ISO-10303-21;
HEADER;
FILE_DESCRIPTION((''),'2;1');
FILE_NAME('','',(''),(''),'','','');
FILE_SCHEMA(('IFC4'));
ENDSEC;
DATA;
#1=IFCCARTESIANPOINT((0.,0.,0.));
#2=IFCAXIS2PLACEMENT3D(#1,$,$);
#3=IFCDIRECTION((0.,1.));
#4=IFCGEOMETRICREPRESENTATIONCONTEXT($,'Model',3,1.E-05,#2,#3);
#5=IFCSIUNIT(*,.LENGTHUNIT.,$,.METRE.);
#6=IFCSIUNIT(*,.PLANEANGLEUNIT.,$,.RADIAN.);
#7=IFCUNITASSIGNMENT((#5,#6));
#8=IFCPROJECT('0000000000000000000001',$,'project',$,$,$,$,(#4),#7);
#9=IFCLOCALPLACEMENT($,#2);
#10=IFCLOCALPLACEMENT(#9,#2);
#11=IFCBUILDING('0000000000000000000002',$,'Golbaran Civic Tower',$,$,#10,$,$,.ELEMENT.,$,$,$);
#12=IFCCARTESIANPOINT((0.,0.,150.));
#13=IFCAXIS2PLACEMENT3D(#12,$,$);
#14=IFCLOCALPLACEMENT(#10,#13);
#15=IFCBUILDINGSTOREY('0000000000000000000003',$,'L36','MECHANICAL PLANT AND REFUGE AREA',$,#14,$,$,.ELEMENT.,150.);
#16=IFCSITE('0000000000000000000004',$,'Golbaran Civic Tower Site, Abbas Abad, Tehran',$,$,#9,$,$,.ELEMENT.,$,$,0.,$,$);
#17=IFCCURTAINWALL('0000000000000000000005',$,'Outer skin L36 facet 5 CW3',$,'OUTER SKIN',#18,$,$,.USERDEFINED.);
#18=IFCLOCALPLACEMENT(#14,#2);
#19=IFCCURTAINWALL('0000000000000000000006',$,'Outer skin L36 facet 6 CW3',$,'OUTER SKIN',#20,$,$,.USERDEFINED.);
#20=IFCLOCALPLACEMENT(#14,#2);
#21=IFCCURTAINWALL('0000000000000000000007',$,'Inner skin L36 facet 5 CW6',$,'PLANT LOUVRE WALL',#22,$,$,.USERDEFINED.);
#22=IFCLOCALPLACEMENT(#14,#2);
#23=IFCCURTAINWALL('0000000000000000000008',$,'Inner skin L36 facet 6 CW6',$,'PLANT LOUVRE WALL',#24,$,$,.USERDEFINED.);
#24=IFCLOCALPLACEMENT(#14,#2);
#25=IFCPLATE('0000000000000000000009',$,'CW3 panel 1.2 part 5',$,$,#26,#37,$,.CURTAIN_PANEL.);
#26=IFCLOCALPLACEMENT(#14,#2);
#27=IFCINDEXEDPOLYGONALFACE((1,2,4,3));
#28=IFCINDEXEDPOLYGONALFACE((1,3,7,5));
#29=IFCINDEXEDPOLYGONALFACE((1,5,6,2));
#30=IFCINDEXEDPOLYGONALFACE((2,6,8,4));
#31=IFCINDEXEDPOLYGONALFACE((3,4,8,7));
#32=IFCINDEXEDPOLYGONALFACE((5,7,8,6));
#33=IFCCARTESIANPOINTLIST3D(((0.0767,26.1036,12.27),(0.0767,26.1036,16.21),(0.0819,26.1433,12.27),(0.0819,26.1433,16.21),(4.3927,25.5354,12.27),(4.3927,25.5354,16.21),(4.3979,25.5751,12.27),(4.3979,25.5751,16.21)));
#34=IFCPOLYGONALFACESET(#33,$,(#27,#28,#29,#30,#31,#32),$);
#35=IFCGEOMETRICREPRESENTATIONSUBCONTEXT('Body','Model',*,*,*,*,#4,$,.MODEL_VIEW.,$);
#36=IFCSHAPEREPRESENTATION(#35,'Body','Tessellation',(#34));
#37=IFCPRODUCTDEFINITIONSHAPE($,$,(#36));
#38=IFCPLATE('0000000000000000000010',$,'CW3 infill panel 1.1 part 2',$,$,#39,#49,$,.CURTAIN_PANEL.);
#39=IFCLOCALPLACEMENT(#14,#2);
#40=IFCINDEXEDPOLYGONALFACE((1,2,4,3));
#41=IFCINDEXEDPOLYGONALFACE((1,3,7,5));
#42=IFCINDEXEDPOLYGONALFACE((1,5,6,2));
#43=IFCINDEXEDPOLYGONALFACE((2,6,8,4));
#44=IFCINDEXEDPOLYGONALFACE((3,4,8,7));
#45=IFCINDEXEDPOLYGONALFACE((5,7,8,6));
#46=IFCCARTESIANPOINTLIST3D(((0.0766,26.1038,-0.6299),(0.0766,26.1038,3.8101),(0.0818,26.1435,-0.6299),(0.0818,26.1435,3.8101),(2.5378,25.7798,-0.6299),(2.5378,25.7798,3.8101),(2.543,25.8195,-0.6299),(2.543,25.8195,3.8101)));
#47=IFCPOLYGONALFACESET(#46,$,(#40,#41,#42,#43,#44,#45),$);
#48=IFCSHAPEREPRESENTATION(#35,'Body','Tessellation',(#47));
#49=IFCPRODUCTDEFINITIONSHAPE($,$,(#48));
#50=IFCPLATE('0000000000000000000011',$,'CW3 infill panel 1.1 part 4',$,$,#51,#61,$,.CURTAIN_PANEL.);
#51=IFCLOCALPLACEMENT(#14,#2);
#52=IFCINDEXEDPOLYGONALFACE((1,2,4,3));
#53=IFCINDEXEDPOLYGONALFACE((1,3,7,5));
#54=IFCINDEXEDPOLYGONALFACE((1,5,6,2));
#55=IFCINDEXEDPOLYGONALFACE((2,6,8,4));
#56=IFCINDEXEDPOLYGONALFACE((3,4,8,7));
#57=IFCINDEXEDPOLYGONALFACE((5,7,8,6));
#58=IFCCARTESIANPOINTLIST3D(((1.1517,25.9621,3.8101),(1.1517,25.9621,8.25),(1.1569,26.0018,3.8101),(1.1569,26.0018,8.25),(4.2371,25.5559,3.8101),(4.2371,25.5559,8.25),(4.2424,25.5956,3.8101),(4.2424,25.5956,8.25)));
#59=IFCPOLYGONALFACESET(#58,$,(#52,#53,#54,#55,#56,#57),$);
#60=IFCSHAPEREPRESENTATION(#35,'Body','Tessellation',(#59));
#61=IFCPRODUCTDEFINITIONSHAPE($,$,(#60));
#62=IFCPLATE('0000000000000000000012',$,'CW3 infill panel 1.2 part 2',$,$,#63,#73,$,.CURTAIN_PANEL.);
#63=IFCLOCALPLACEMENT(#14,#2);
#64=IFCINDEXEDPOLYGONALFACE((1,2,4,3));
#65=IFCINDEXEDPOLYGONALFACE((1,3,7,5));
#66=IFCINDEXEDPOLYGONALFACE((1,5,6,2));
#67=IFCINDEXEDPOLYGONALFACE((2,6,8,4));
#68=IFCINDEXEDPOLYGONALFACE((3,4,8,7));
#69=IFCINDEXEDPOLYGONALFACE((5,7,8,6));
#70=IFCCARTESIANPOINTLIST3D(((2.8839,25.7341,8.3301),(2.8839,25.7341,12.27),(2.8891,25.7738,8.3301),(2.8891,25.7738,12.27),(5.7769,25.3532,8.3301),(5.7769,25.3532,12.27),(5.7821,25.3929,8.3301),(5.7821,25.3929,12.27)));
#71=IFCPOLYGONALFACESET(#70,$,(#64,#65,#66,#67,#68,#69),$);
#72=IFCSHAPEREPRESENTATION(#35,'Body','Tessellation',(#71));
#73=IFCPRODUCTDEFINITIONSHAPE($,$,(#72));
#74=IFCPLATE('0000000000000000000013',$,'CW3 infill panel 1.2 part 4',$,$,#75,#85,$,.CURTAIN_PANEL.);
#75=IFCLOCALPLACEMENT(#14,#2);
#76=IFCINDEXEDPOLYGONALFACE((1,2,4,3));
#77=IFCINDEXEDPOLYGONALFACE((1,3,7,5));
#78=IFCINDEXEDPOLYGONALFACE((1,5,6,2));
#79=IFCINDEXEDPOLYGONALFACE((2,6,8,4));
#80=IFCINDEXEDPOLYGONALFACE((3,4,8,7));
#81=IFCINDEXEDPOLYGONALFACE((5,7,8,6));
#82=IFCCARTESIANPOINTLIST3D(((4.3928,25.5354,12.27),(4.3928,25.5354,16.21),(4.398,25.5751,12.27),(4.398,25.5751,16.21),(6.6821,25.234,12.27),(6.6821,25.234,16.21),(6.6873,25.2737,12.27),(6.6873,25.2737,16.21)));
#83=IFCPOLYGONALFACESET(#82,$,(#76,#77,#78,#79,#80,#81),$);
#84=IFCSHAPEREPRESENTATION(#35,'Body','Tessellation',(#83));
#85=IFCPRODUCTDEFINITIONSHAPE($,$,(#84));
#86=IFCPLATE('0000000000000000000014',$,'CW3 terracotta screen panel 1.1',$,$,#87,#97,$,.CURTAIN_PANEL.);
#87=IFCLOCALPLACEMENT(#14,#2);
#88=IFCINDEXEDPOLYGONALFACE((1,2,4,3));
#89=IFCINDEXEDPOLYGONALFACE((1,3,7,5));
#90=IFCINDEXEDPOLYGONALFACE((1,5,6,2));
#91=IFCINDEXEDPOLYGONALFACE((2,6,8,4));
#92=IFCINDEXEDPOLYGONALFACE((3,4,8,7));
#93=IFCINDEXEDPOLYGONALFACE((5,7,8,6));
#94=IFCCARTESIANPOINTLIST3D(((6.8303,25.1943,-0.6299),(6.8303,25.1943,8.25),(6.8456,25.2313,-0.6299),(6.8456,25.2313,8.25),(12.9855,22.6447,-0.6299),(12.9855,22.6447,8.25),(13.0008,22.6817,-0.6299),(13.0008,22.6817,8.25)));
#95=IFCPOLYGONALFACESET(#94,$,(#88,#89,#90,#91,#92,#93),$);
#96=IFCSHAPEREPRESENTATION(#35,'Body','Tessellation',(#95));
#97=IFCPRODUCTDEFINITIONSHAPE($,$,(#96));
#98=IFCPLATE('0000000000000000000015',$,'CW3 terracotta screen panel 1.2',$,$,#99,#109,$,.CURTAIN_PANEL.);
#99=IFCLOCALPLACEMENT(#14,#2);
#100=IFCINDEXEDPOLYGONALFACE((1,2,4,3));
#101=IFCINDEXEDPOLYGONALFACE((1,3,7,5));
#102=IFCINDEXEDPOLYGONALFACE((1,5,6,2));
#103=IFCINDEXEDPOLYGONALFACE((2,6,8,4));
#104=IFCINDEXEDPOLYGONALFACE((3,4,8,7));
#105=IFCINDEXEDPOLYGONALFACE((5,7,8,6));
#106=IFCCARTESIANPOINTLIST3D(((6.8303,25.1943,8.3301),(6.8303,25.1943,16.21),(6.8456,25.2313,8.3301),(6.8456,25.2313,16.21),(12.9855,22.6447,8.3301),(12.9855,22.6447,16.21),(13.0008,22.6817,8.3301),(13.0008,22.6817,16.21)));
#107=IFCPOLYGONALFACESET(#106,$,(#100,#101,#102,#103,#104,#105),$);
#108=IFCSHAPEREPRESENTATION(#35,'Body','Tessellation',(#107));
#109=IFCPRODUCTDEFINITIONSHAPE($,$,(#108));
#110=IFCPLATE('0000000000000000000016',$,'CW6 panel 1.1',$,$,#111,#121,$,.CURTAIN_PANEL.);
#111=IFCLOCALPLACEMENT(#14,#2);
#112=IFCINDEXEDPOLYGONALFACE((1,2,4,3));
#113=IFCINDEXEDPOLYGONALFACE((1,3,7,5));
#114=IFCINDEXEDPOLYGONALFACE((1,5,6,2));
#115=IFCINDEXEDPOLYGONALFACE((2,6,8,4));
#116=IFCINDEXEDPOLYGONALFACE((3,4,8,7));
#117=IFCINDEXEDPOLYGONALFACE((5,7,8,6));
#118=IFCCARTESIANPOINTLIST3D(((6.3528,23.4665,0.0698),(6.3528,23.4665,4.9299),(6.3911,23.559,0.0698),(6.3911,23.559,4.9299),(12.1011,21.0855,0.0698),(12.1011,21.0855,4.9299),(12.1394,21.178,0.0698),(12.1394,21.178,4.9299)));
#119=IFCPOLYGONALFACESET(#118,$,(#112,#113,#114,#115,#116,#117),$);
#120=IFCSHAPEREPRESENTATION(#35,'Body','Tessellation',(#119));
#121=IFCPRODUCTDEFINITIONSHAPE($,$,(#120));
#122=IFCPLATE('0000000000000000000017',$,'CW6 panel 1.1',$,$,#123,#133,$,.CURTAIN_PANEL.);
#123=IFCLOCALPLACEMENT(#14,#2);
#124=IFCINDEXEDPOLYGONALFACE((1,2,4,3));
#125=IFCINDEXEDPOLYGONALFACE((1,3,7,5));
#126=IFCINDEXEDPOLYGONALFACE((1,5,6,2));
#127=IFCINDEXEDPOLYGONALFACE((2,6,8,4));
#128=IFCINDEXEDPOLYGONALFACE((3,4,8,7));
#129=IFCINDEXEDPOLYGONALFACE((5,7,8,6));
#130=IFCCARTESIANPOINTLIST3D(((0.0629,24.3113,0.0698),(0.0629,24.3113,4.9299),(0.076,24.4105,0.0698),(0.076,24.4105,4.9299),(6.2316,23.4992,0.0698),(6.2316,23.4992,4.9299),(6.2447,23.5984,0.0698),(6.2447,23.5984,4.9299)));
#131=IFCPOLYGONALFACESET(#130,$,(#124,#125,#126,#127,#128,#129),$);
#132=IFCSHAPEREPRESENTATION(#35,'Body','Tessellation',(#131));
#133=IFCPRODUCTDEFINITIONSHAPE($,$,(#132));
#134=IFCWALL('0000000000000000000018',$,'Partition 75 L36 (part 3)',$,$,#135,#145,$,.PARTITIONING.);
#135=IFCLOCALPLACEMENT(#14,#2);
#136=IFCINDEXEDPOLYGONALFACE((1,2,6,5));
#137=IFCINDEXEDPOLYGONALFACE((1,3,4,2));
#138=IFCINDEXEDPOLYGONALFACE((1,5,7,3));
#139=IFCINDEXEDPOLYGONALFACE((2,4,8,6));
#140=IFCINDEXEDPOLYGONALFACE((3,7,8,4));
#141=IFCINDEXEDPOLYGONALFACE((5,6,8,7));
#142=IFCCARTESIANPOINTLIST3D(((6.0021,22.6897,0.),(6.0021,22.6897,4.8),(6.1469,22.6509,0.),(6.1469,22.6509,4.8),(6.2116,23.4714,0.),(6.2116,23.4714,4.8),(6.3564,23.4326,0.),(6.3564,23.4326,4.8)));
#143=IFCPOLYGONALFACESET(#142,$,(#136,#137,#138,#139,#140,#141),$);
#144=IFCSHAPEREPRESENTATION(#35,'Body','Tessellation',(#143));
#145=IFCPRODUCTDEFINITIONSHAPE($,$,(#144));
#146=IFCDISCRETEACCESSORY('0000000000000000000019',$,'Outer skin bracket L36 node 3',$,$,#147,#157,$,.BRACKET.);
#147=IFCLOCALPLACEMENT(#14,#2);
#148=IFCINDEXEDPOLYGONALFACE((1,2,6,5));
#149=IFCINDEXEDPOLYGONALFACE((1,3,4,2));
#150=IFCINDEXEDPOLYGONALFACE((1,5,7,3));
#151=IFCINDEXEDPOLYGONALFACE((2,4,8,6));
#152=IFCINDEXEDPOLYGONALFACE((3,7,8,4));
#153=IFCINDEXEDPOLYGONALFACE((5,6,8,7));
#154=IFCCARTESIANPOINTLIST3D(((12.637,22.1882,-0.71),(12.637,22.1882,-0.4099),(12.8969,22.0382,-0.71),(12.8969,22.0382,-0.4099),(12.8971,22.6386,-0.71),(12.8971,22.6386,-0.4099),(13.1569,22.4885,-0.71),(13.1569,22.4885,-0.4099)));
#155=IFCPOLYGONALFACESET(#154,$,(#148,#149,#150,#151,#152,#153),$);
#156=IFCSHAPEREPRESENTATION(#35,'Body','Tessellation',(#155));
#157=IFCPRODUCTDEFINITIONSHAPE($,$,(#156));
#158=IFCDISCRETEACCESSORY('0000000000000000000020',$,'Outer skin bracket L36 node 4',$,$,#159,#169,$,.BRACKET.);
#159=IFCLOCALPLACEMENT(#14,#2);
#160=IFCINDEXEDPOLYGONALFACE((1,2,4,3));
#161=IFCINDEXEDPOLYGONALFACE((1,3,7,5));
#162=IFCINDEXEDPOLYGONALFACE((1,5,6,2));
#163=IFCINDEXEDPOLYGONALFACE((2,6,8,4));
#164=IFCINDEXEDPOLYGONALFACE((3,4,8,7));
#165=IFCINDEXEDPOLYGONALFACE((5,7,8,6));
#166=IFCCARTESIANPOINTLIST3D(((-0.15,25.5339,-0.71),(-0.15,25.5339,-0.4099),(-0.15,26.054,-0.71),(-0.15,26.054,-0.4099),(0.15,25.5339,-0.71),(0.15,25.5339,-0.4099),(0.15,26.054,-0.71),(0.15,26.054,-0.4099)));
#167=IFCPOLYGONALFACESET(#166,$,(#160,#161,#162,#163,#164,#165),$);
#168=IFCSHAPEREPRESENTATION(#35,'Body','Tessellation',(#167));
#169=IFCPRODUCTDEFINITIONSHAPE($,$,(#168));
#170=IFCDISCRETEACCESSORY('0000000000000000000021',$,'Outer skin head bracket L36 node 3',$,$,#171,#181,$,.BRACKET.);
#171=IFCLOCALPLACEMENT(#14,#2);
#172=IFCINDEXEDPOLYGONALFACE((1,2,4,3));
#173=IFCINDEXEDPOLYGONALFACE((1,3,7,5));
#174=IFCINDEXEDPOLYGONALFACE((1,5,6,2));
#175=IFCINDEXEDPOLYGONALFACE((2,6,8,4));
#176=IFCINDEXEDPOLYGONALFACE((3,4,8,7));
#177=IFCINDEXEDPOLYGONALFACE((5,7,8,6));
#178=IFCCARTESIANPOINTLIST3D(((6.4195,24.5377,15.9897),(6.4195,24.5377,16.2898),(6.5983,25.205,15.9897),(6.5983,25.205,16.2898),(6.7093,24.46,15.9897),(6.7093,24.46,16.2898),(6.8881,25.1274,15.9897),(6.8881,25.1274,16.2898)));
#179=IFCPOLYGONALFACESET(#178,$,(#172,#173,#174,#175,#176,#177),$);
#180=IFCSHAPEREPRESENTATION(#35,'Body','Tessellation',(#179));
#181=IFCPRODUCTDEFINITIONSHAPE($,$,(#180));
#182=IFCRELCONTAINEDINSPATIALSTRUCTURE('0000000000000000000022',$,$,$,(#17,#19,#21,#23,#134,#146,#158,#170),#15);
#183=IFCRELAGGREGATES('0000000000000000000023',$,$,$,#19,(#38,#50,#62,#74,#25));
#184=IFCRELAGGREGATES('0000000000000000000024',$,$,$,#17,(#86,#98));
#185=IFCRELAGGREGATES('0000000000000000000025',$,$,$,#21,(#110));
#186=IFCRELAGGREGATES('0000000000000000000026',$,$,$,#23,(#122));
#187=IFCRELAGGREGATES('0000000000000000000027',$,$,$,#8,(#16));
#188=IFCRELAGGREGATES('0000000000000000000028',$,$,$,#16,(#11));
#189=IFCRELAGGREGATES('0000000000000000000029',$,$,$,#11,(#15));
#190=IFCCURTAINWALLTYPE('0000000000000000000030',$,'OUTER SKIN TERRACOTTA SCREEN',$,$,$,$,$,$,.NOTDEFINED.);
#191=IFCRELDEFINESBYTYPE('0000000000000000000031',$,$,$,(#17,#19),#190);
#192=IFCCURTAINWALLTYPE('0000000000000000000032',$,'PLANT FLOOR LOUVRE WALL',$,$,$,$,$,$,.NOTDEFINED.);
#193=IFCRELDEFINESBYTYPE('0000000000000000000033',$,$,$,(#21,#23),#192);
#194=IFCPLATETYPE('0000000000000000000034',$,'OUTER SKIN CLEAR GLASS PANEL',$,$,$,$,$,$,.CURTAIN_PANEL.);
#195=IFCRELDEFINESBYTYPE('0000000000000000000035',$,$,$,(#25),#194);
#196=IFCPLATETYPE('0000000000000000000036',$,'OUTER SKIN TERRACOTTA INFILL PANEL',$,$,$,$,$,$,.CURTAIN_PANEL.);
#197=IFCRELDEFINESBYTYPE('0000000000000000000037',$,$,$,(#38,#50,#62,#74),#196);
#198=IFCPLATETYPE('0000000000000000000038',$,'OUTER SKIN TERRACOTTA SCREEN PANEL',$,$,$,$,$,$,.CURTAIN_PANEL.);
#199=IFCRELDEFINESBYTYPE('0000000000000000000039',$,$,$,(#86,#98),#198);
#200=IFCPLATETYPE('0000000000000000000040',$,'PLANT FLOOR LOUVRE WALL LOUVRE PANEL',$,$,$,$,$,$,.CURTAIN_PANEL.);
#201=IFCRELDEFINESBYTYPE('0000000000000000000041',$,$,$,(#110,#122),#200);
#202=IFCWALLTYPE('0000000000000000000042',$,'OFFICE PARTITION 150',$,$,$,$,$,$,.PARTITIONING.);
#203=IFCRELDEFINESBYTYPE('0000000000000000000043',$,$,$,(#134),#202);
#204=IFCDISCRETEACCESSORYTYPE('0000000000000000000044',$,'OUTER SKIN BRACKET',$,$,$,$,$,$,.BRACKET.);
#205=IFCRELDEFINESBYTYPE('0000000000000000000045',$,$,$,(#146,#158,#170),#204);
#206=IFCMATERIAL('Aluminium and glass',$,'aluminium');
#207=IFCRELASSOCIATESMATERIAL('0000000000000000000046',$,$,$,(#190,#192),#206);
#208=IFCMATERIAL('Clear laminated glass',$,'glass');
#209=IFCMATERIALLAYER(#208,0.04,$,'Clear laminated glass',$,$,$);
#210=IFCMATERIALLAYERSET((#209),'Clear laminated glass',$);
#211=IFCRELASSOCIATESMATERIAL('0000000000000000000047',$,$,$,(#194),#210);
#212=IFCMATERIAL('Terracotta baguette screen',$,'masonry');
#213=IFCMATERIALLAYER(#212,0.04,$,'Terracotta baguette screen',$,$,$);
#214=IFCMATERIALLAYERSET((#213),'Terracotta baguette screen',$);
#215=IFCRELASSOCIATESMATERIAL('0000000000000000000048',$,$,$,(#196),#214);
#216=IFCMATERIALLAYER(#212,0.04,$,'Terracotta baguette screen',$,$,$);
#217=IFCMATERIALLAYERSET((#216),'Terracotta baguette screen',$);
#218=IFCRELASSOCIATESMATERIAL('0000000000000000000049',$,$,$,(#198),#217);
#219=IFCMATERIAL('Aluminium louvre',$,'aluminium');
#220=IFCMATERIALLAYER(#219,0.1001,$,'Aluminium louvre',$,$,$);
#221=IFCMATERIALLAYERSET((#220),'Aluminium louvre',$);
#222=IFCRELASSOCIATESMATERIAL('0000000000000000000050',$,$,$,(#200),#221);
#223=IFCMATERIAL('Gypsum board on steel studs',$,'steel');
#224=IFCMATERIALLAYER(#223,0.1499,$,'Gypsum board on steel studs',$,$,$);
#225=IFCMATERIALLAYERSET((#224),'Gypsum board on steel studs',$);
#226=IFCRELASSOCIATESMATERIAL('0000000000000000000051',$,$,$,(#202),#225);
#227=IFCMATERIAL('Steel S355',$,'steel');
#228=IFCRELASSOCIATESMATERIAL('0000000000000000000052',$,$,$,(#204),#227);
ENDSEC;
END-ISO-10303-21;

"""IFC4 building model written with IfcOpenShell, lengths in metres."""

from ifc_helpers import new_model, si_unit, direction, frame, frame_2d, origin, origin_2d, place, context, subcontext, project, spatial, rectangle, extrude, material, layer, layer_set, type_object, element, aggregate, save


model = new_model("IFC4")

# Units and contexts
model_context = context("Model", 3, precision=1e-05, world=origin(), true_north=direction((0.0, 1.0)))
body_context = subcontext(model_context, "Body", "Model", "MODEL_VIEW")
ifc_project = project(units=[si_unit("LENGTHUNIT", "METRE"), si_unit("PLANEANGLEUNIT", "RADIAN")], contexts=[model_context])

# Site, building, storey
site_placement = place(None, origin())
site = spatial("IfcSite", under=ifc_project, at=site_placement, Name="Golbaran Civic Tower Site, Abbas Abad, Tehran", CompositionType="ELEMENT", RefElevation=0.0)
building_placement = place(site_placement, origin())
building = spatial("IfcBuilding", under=site, at=building_placement, Name="Golbaran Civic Tower", CompositionType="ELEMENT")
storey_placement = place(building_placement, frame((0.0, 0.0, 150.0)))
storey = spatial("IfcBuildingStorey", under=building, at=storey_placement, Name="L36", Description="MECHANICAL PLANT AND REFUGE AREA", CompositionType="ELEMENT", Elevation=150.0)

# Shared definitions
ifc_material_1 = material(Name="Steel S355", Category="steel")

# Curtain walls
ifc_material_2 = material(Name="Aluminium and glass", Category="aluminium")
curtain_wall_type_1 = type_object("IfcCurtainWallType", Name="OUTER SKIN TERRACOTTA SCREEN", PredefinedType="NOTDEFINED", material=ifc_material_2)
curtain_wall_1_placement = place(storey_placement, origin())
curtain_wall_1 = element("IfcCurtainWall", 1, at=curtain_wall_1_placement, inside=storey, type_object=curtain_wall_type_1, Name="Outer skin L36 facet 5 CW3", ObjectType="OUTER SKIN", PredefinedType="USERDEFINED")
curtain_wall_2_placement = place(storey_placement, origin())
curtain_wall_2 = element("IfcCurtainWall", 2, at=curtain_wall_2_placement, inside=storey, type_object=curtain_wall_type_1, Name="Outer skin L36 facet 6 CW3", ObjectType="OUTER SKIN", PredefinedType="USERDEFINED")

# Curtain walls
curtain_wall_type_2 = type_object("IfcCurtainWallType", Name="PLANT FLOOR LOUVRE WALL", PredefinedType="NOTDEFINED", material=ifc_material_2)
curtain_wall_3_placement = place(storey_placement, origin())
curtain_wall_3 = element("IfcCurtainWall", 3, at=curtain_wall_3_placement, inside=storey, type_object=curtain_wall_type_2, Name="Inner skin L36 facet 5 CW6", ObjectType="PLANT LOUVRE WALL", PredefinedType="USERDEFINED")
curtain_wall_4_placement = place(storey_placement, origin())
curtain_wall_4 = element("IfcCurtainWall", 4, at=curtain_wall_4_placement, inside=storey, type_object=curtain_wall_type_2, Name="Inner skin L36 facet 6 CW6", ObjectType="PLANT LOUVRE WALL", PredefinedType="USERDEFINED")

# Plates
ifc_material_3 = material(Name="Clear laminated glass", Category="glass")
ifc_layer_1 = layer(ifc_material_3, 0.04, Name="Clear laminated glass")
ifc_layer_set_1 = layer_set([ifc_layer_1], Name="Clear laminated glass")
plate_type_1 = type_object("IfcPlateType", Name="OUTER SKIN CLEAR GLASS PANEL", PredefinedType="CURTAIN_PANEL", material=ifc_layer_set_1)
plate_1_placement = place(storey_placement, frame((2.2373, 25.8394, 12.27), z_axis=(0.0, 0.0, 1.0), x_axis=(-0.991445, 0.130526, 0.0)))
plate_1 = element("IfcPlate", 5, at=plate_1_placement, type_object=plate_type_1, Name="CW3 panel 1.2 part 5", PredefinedType="CURTAIN_PANEL", context=body_context, shape_type="SweptSolid", body=[
    extrude(rectangle(XDim=4.3533, YDim=0.04, at=origin_2d()), origin(), (0.0, 0.0, 1.0), 3.9399),
])
ifc_material_4 = material(Name="Terracotta baguette screen", Category="masonry")
ifc_layer_2 = layer(ifc_material_4, 0.04, Name="Terracotta baguette screen")
ifc_layer_set_2 = layer_set([ifc_layer_2], Name="Terracotta baguette screen")
plate_type_2 = type_object("IfcPlateType", Name="OUTER SKIN TERRACOTTA INFILL PANEL", PredefinedType="CURTAIN_PANEL", material=ifc_layer_set_2)
plate_2_placement = place(storey_placement, frame((1.3098, 25.9617, -0.6299), z_axis=(0.0, 0.0, 1.0), x_axis=(-0.991445, 0.130526, 0.0)))
plate_2 = element("IfcPlate", 6, at=plate_2_placement, type_object=plate_type_2, Name="CW3 infill panel 1.1 part 2", PredefinedType="CURTAIN_PANEL", context=body_context, shape_type="SweptSolid", body=[
    extrude(rectangle(XDim=2.4824, YDim=0.04, at=origin_2d()), origin(), (0.0, 0.0, 1.0), 4.4399),
])
plate_3_placement = place(storey_placement, frame((2.697, 25.7788, 3.8101), z_axis=(0.0, 0.0, 1.0), x_axis=(-0.991445, 0.130526, 0.0)))
plate_3 = element("IfcPlate", 7, at=plate_3_placement, type_object=plate_type_2, Name="CW3 infill panel 1.1 part 4", PredefinedType="CURTAIN_PANEL", context=body_context, shape_type="SweptSolid", body=[
    extrude(rectangle(XDim=3.1121, YDim=0.04, at=origin_2d()), origin(), (0.0, 0.0, 1.0), 4.4399),
])
plate_4_placement = place(storey_placement, frame((4.333, 25.5635, 8.3301), z_axis=(0.0, 0.0, 1.0), x_axis=(-0.991445, 0.130526, 0.0)))
plate_4 = element("IfcPlate", 8, at=plate_4_placement, type_object=plate_type_2, Name="CW3 infill panel 1.2 part 2", PredefinedType="CURTAIN_PANEL", context=body_context, shape_type="SweptSolid", body=[
    extrude(rectangle(XDim=2.918, YDim=0.04, at=origin_2d()), origin(), (0.0, 0.0, 1.0), 3.9399),
])
plate_5_placement = place(storey_placement, frame((5.54, 25.4045, 12.27), z_axis=(0.0, 0.0, 1.0), x_axis=(-0.991445, 0.130526, 0.0)))
plate_5 = element("IfcPlate", 9, at=plate_5_placement, type_object=plate_type_2, Name="CW3 infill panel 1.2 part 4", PredefinedType="CURTAIN_PANEL", context=body_context, shape_type="SweptSolid", body=[
    extrude(rectangle(XDim=2.3091, YDim=0.04, at=origin_2d()), origin(), (0.0, 0.0, 1.0), 3.9399),
])
aggregate(curtain_wall_2, [plate_2, plate_3, plate_4, plate_5, plate_1])
ifc_layer_3 = layer(ifc_material_4, 0.04, Name="Terracotta baguette screen")
ifc_layer_set_3 = layer_set([ifc_layer_3], Name="Terracotta baguette screen")
plate_type_3 = type_object("IfcPlateType", Name="OUTER SKIN TERRACOTTA SCREEN PANEL", PredefinedType="CURTAIN_PANEL", material=ifc_layer_set_3)
plate_6_placement = place(storey_placement, frame((9.9155, 23.938, -0.6299), z_axis=(0.0, 0.0, 1.0), x_axis=(-0.92388, 0.382683, 0.0)))
plate_6 = element("IfcPlate", 10, at=plate_6_placement, type_object=plate_type_3, Name="CW3 terracotta screen panel 1.1", PredefinedType="CURTAIN_PANEL", context=body_context, shape_type="SweptSolid", body=[
    extrude(rectangle(XDim=6.6624, YDim=0.04, at=origin_2d()), origin(), (0.0, 0.0, 1.0), 8.8799),
])
plate_7_placement = place(storey_placement, frame((9.9155, 23.938, 8.3301), z_axis=(0.0, 0.0, 1.0), x_axis=(-0.92388, 0.382683, 0.0)))
plate_7 = element("IfcPlate", 11, at=plate_7_placement, type_object=plate_type_3, Name="CW3 terracotta screen panel 1.2", PredefinedType="CURTAIN_PANEL", context=body_context, shape_type="SweptSolid", body=[
    extrude(rectangle(XDim=6.6624, YDim=0.04, at=origin_2d()), origin(), (0.0, 0.0, 1.0), 7.8799),
])
aggregate(curtain_wall_1, [plate_6, plate_7])
ifc_material_5 = material(Name="Aluminium louvre", Category="aluminium")
ifc_layer_4 = layer(ifc_material_5, 0.1001, Name="Aluminium louvre")
ifc_layer_set_4 = layer_set([ifc_layer_4], Name="Aluminium louvre")
plate_type_4 = type_object("IfcPlateType", Name="PLANT FLOOR LOUVRE WALL LOUVRE PANEL", PredefinedType="CURTAIN_PANEL", material=ifc_layer_set_4)
plate_8_placement = place(storey_placement, frame((9.2461, 22.3223, 0.0698), z_axis=(0.0, 0.0, 1.0), x_axis=(-0.92388, 0.382683, 0.0)))
plate_8 = element("IfcPlate", 12, at=plate_8_placement, type_object=plate_type_4, Name="CW6 panel 1.1", PredefinedType="CURTAIN_PANEL", context=body_context, shape_type="SweptSolid", body=[
    extrude(rectangle(XDim=6.2219, YDim=0.1001, at=origin_2d()), origin(), (0.0, 0.0, 1.0), 4.8601),
])
aggregate(curtain_wall_3, [plate_8])
plate_9_placement = place(storey_placement, frame((3.1538, 23.9548, 0.0698), z_axis=(0.0, 0.0, 1.0), x_axis=(-0.991445, 0.130526, 0.0)))
plate_9 = element("IfcPlate", 13, at=plate_9_placement, type_object=plate_type_4, Name="CW6 panel 1.1", PredefinedType="CURTAIN_PANEL", context=body_context, shape_type="SweptSolid", body=[
    extrude(rectangle(XDim=6.2219, YDim=0.1001, at=origin_2d()), origin(), (0.0, 0.0, 1.0), 4.8601),
])
aggregate(curtain_wall_4, [plate_9])

# Wall
ifc_material_6 = material(Name="Gypsum board on steel studs", Category="steel")
ifc_layer_5 = layer(ifc_material_6, 0.1499, Name="Gypsum board on steel studs")
ifc_layer_set_5 = layer_set([ifc_layer_5], Name="Gypsum board on steel studs")
wall_type = type_object("IfcWallType", Name="OFFICE PARTITION 150", PredefinedType="PARTITIONING", material=ifc_layer_set_5)
wall_placement = place(storey_placement, frame((6.0745, 22.6702, 0.0), z_axis=(0.0, 0.0, 1.0), x_axis=(0.258827, 0.965924, 0.0)))
element("IfcWall", 14, at=wall_placement, inside=storey, type_object=wall_type, Name="Partition 75 L36 (part 3)", PredefinedType="PARTITIONING", context=body_context, shape_type="SweptSolid", body=[
    extrude(rectangle(XDim=0.8093, YDim=0.1499, at=frame_2d((0.4048, 0.0))), origin(), (0.0, 0.0, 1.0), 4.8),
])

# Discrete accessories
discrete_accessory_type = type_object("IfcDiscreteAccessoryType", Name="OUTER SKIN BRACKET", PredefinedType="BRACKET", material=ifc_material_1)
for number, where, z_axis, x_axis, name in (
    (15, (12.897, 22.3384, -0.71), (0.0, 0.0, 1.0), (0.5, 0.866025, 0.0), "Outer skin bracket L36 node 3"),
    (16, (0.0, 25.7939, -0.71), (0.0, 0.0, 1.0), (0.0, 1.0, 0.0), "Outer skin bracket L36 node 4"),
):
    element("IfcDiscreteAccessory", number, at=place(storey_placement, frame(where, z_axis=z_axis, x_axis=x_axis)), inside=storey, type_object=discrete_accessory_type, Name=name, PredefinedType="BRACKET", context=body_context, shape_type="SweptSolid", body=[
        extrude(rectangle(XDim=0.52, YDim=0.3, at=origin_2d()), origin(), (0.0, 0.0, 1.0), 0.3),
    ])
discrete_accessory_placement = place(storey_placement, frame((6.6538, 24.8325, 15.9897), z_axis=(0.0, 0.0, 1.0), x_axis=(0.258819, 0.965926, 0.0)))
element("IfcDiscreteAccessory", 17, at=discrete_accessory_placement, inside=storey, type_object=discrete_accessory_type, Name="Outer skin head bracket L36 node 3", PredefinedType="BRACKET", context=body_context, shape_type="SweptSolid", body=[
    extrude(rectangle(XDim=0.6909, YDim=0.3, at=origin_2d()), origin(), (0.0, 0.0, 1.0), 0.3),
])

save(model, "model.ifc")
